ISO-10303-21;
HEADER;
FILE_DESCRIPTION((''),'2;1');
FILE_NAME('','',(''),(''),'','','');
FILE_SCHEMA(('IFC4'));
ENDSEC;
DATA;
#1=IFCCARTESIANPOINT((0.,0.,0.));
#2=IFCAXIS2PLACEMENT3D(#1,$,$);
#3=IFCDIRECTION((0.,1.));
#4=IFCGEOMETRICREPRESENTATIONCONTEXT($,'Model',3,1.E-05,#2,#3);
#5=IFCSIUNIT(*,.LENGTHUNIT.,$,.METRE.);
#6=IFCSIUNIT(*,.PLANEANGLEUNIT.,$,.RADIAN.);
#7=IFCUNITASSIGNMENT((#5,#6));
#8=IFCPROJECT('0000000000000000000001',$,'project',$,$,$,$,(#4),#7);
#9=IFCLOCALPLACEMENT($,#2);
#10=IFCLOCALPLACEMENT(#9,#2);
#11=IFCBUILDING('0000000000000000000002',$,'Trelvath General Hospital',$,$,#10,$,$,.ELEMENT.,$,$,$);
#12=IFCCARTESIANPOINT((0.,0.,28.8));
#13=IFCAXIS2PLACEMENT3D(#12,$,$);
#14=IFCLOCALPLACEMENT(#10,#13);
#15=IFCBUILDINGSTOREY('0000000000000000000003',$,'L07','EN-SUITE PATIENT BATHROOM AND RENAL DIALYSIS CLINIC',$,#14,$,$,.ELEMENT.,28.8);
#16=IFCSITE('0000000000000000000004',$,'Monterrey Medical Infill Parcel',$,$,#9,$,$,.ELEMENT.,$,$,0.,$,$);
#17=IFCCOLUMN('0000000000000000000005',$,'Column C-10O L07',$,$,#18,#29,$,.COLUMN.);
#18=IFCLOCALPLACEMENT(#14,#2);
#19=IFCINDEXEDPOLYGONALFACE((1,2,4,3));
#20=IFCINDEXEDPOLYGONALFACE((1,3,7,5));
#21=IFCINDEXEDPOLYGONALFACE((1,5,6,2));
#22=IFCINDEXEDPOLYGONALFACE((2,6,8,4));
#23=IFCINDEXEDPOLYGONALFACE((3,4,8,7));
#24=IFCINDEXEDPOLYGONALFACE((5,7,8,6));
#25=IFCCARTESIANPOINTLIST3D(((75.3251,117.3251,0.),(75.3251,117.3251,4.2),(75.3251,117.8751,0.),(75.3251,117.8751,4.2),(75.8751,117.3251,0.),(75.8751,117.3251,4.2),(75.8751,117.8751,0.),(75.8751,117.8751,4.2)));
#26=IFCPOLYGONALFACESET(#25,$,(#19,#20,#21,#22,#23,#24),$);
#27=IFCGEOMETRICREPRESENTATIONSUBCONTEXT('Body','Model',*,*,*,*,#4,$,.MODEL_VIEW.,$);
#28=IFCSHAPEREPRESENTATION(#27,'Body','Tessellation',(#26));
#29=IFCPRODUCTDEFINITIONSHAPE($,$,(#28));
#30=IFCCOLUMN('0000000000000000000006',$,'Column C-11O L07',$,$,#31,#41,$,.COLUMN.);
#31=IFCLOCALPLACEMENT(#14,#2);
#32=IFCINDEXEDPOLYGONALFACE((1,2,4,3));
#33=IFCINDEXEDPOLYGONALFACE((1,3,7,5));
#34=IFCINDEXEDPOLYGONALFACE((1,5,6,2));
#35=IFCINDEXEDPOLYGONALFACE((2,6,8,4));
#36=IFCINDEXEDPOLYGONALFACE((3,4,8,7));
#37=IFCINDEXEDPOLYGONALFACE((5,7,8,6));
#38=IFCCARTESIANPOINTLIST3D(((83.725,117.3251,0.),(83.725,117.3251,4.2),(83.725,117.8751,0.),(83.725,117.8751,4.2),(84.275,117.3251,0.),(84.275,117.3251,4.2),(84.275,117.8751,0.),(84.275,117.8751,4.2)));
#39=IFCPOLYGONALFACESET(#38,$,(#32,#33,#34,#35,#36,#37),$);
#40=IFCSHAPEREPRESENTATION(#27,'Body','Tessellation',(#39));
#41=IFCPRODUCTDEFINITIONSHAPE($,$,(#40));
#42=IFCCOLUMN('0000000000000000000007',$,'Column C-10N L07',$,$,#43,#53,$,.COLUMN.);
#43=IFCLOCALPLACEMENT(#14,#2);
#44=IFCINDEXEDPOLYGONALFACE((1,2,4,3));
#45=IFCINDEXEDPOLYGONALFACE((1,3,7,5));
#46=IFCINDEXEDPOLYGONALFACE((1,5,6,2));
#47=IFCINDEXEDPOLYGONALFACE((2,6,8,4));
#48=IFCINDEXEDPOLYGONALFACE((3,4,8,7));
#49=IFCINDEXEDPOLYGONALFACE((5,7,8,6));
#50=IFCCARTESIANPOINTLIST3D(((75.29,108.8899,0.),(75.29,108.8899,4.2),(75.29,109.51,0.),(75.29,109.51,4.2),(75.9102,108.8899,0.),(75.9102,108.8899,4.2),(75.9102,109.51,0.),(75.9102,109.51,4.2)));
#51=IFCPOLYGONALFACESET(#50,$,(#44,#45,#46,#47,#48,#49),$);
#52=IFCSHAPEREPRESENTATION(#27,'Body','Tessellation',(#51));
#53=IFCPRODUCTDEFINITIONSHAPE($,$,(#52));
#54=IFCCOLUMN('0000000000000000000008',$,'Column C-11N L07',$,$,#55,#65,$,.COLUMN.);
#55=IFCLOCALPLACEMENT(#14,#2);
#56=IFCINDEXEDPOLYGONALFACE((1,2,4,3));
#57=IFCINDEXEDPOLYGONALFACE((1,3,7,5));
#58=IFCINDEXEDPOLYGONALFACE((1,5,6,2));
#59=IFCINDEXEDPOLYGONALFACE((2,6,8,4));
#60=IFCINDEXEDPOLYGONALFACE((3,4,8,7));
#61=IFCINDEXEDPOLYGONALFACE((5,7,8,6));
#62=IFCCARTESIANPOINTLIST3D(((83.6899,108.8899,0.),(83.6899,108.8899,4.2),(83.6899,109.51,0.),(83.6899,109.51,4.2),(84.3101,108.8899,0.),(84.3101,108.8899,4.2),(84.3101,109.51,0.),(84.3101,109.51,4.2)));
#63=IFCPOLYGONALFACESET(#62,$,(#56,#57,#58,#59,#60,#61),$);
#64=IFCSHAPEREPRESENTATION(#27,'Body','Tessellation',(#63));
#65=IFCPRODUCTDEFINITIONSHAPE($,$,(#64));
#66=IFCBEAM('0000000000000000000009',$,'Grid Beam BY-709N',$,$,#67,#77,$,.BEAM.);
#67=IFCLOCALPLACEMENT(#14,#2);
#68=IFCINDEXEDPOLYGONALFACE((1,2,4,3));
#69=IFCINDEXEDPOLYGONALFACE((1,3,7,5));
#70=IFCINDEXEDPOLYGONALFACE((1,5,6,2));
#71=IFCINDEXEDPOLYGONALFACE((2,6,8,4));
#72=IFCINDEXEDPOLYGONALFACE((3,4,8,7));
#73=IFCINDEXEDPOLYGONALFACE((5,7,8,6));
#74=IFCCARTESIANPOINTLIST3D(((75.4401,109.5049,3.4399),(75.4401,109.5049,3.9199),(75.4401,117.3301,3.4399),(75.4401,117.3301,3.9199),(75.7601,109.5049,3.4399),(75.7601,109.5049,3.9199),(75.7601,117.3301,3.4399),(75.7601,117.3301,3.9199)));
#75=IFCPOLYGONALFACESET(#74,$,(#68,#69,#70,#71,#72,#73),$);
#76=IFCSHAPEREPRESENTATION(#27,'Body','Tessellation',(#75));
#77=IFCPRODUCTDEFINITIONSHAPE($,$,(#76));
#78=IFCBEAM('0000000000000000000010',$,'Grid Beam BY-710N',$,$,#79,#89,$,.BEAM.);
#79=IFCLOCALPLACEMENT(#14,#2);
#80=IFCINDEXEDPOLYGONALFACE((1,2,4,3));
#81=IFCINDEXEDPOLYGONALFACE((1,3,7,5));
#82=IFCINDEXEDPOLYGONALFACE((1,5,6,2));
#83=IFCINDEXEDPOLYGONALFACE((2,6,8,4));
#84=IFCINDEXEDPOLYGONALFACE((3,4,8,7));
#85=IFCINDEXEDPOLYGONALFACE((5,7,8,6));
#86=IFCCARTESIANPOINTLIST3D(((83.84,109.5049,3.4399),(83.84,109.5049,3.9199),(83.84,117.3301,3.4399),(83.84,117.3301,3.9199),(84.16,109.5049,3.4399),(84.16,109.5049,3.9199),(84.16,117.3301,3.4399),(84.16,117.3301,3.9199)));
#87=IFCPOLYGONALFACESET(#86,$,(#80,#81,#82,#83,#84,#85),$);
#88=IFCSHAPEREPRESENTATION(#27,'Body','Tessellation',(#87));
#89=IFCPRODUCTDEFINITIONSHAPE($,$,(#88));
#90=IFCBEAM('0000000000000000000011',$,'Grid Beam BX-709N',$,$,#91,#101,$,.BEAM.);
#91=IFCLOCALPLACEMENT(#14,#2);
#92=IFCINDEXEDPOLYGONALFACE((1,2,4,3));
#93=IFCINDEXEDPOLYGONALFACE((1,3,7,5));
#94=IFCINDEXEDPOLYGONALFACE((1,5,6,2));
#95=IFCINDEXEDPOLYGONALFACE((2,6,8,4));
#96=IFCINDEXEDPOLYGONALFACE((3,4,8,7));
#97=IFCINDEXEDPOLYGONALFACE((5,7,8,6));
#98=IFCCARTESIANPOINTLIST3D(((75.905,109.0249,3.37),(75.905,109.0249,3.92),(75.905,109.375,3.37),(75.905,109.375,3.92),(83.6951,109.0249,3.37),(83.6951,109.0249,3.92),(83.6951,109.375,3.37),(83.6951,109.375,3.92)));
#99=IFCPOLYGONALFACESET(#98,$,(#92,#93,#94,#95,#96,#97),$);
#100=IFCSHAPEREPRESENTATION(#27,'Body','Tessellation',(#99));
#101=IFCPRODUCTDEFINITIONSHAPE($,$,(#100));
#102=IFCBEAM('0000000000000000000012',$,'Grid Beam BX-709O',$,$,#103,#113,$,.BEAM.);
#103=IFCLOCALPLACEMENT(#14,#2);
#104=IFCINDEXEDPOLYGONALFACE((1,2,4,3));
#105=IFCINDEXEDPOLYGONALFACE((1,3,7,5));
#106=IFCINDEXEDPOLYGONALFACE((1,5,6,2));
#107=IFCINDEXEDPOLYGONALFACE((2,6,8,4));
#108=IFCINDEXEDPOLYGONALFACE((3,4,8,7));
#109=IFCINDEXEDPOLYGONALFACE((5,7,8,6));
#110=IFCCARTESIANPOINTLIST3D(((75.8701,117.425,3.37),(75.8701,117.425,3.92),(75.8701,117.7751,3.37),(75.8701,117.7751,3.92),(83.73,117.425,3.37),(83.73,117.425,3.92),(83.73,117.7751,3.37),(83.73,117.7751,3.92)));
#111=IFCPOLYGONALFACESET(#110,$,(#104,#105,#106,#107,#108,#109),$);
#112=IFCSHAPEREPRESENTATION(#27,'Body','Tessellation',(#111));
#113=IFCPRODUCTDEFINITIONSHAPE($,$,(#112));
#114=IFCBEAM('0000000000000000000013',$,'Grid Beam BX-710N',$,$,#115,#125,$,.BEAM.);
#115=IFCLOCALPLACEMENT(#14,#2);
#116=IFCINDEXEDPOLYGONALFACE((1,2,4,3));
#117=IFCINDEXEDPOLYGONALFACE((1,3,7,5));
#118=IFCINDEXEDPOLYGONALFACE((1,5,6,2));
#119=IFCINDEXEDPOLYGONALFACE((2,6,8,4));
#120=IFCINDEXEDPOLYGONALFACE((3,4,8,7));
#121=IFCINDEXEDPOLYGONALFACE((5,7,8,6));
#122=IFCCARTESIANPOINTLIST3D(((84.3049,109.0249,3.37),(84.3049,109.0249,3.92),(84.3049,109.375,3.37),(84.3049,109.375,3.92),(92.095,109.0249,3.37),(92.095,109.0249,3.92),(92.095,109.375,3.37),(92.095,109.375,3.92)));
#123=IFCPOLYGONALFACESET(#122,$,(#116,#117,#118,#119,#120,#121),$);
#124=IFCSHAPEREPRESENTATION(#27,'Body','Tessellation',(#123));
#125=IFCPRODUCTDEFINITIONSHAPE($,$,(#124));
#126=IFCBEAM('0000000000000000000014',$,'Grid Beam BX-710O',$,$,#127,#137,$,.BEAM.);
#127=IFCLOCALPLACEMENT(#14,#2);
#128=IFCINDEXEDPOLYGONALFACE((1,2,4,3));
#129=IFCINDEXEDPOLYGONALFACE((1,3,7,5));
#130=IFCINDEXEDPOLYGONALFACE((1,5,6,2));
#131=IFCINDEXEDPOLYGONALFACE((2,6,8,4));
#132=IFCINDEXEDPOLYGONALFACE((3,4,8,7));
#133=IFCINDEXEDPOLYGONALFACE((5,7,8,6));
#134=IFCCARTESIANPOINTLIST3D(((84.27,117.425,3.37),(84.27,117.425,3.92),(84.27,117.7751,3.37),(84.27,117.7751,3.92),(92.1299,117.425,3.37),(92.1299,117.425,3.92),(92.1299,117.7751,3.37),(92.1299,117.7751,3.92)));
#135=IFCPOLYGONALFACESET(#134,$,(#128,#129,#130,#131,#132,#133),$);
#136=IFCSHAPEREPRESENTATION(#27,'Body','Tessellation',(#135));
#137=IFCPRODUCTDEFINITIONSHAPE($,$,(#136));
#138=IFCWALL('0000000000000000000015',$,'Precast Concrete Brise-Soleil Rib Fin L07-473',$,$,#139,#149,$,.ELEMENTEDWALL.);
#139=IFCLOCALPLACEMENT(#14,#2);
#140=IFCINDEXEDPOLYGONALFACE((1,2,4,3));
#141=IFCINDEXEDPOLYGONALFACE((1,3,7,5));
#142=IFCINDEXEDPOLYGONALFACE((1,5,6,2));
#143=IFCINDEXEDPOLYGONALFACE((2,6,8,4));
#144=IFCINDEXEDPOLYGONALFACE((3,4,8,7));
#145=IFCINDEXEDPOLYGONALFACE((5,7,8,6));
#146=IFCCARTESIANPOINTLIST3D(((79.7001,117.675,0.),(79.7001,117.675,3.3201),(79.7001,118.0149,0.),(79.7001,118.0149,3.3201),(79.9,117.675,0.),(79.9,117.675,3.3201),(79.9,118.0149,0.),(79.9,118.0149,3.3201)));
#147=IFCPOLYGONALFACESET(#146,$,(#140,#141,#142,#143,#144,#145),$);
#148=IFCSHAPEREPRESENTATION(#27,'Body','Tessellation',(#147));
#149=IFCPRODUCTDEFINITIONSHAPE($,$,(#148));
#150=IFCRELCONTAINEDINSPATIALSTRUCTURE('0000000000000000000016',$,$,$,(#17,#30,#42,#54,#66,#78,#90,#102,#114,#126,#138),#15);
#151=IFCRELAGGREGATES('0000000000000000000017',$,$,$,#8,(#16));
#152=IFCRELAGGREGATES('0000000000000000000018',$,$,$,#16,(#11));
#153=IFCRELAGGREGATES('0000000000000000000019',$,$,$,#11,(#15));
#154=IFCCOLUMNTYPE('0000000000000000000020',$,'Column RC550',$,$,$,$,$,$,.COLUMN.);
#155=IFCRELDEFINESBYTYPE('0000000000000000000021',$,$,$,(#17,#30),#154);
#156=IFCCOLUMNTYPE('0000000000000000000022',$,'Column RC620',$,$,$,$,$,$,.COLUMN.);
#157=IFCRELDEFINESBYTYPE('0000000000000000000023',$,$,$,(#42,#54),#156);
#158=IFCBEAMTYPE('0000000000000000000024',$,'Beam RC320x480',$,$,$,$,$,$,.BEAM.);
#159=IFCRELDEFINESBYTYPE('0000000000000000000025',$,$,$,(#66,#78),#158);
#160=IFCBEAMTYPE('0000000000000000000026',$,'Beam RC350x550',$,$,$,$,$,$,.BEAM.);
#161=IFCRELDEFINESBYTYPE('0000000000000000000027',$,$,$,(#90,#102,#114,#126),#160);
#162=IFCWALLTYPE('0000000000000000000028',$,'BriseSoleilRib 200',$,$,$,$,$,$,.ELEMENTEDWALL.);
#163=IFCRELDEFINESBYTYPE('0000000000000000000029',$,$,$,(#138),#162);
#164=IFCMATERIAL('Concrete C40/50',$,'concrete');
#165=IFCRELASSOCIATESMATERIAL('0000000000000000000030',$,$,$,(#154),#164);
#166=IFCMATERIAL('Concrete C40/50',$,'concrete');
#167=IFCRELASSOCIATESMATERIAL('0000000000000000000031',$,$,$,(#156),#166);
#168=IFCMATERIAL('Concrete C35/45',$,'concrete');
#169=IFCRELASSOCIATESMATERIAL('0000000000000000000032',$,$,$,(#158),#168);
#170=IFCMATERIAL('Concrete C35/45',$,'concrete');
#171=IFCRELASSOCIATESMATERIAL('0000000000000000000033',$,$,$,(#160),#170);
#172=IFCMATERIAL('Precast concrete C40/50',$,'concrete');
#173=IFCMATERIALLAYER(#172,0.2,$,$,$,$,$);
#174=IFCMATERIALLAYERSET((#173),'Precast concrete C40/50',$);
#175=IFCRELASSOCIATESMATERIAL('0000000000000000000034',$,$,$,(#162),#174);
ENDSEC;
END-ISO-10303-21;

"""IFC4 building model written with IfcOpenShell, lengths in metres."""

from ifc_helpers import new_model, si_unit, direction, frame, frame_2d, origin, origin_2d, place, context, subcontext, project, spatial, rectangle, extrude, material, layer, layer_set, material_profile, profile_set, type_object, element, save


model = new_model("IFC4")

# Units and contexts
model_context = context("Model", 3, precision=1e-05, world=origin(), true_north=direction((0.0, 1.0)))
body_context = subcontext(model_context, "Body", "Model", "MODEL_VIEW")
ifc_project = project(units=[si_unit("LENGTHUNIT", "METRE"), si_unit("PLANEANGLEUNIT", "RADIAN")], contexts=[model_context])

# Site, building, storey
site_placement = place(None, origin())
site = spatial("IfcSite", under=ifc_project, at=site_placement, Name="Monterrey Medical Infill Parcel", CompositionType="ELEMENT", RefElevation=0.0)
building_placement = place(site_placement, origin())
building = spatial("IfcBuilding", under=site, at=building_placement, Name="Trelvath General Hospital", CompositionType="ELEMENT")
storey_placement = place(building_placement, frame((0.0, 0.0, 28.8)))
storey = spatial("IfcBuildingStorey", under=building, at=storey_placement, Name="L07", Description="EN-SUITE PATIENT BATHROOM AND RENAL DIALYSIS CLINIC", CompositionType="ELEMENT", Elevation=28.8)

# Columns
ifc_material_1 = material(Name="Concrete C40/50", Category="concrete")
ifc_material_profile_1 = material_profile(ifc_material_1, rectangle(XDim=0.55, YDim=0.55, at=origin_2d()), Name="RC550x550")
ifc_profile_set_1 = profile_set([ifc_material_profile_1], Name="Concrete C40/50")
column_type_1 = type_object("IfcColumnType", Name="Column RC550", PredefinedType="COLUMN", material=ifc_profile_set_1)
for number, where, z_axis, x_axis, name in (
    (1, (75.6001, 117.6001, 0.0), (0.0, 0.0, 1.0), (1.0, 0.0, 0.0), "Column C-10O L07"),
    (2, (84.0, 117.6001, 0.0), (0.0, 0.0, 1.0), (1.0, 0.0, 0.0), "Column C-11O L07"),
):
    element("IfcColumn", number, at=place(storey_placement, frame(where, z_axis=z_axis, x_axis=x_axis)), inside=storey, type_object=column_type_1, Name=name, PredefinedType="COLUMN", context=body_context, shape_type="SweptSolid", body=[
        extrude(rectangle(XDim=0.55, YDim=0.55, at=origin_2d()), origin(), (0.0, 0.0, 1.0), 4.2),
    ])
ifc_material_2 = material(Name="Concrete C40/50", Category="concrete")
ifc_material_profile_2 = material_profile(ifc_material_2, rectangle(XDim=0.6201, YDim=0.6201, at=origin_2d()), Name="RC620x620")
ifc_profile_set_2 = profile_set([ifc_material_profile_2], Name="Concrete C40/50")
column_type_2 = type_object("IfcColumnType", Name="Column RC620", PredefinedType="COLUMN", material=ifc_profile_set_2)
for number, where, z_axis, x_axis, name in (
    (3, (75.6001, 109.2, 0.0), (0.0, 0.0, 1.0), (1.0, 0.0, 0.0), "Column C-10N L07"),
    (4, (84.0, 109.2, 0.0), (0.0, 0.0, 1.0), (1.0, 0.0, 0.0), "Column C-11N L07"),
):
    element("IfcColumn", number, at=place(storey_placement, frame(where, z_axis=z_axis, x_axis=x_axis)), inside=storey, type_object=column_type_2, Name=name, PredefinedType="COLUMN", context=body_context, shape_type="SweptSolid", body=[
        extrude(rectangle(XDim=0.6201, YDim=0.6201, at=origin_2d()), origin(), (0.0, 0.0, 1.0), 4.2),
    ])

# Beams
ifc_material_3 = material(Name="Concrete C35/45", Category="concrete")
ifc_material_profile_3 = material_profile(ifc_material_3, rectangle(XDim=0.3201, YDim=0.48, at=origin_2d()), Name="RCB320x480")
ifc_profile_set_3 = profile_set([ifc_material_profile_3], Name="Concrete C35/45")
beam_type_1 = type_object("IfcBeamType", Name="Beam RC320x480", PredefinedType="BEAM", material=ifc_profile_set_3)
for number, where, z_axis, x_axis, name in (
    (5, (75.6001, 109.5049, 3.6799), (0.0, 1.0, 0.0), (-1.0, 0.0, 0.0), "Grid Beam BY-709N"),
    (6, (84.0, 109.5049, 3.6799), (0.0, 1.0, 0.0), (-1.0, 0.0, 0.0), "Grid Beam BY-710N"),
):
    element("IfcBeam", number, at=place(storey_placement, frame(where, z_axis=z_axis, x_axis=x_axis)), inside=storey, type_object=beam_type_1, Name=name, PredefinedType="BEAM", context=body_context, shape_type="SweptSolid", body=[
        extrude(rectangle(XDim=0.3201, YDim=0.48, at=origin_2d()), origin(), (0.0, 0.0, 1.0), 7.8252),
    ])
ifc_material_4 = material(Name="Concrete C35/45", Category="concrete")
ifc_material_profile_4 = material_profile(ifc_material_4, rectangle(XDim=0.3501, YDim=0.55, at=origin_2d()), Name="RCB350x550")
ifc_profile_set_4 = profile_set([ifc_material_profile_4], Name="Concrete C35/45")
beam_type_2 = type_object("IfcBeamType", Name="Beam RC350x550", PredefinedType="BEAM", material=ifc_profile_set_4)
beam_1_placement = place(storey_placement, frame((75.905, 109.2, 3.645), z_axis=(1.0, 0.0, 0.0), x_axis=(0.0, 1.0, 0.0)))
element("IfcBeam", 7, at=beam_1_placement, inside=storey, type_object=beam_type_2, Name="Grid Beam BX-709N", PredefinedType="BEAM", context=body_context, shape_type="SweptSolid", body=[
    extrude(rectangle(XDim=0.3501, YDim=0.55, at=origin_2d()), origin(), (0.0, 0.0, 1.0), 7.79),
])
beam_2_placement = place(storey_placement, frame((75.8701, 117.6001, 3.645), z_axis=(1.0, 0.0, 0.0), x_axis=(0.0, 1.0, 0.0)))
element("IfcBeam", 8, at=beam_2_placement, inside=storey, type_object=beam_type_2, Name="Grid Beam BX-709O", PredefinedType="BEAM", context=body_context, shape_type="SweptSolid", body=[
    extrude(rectangle(XDim=0.3501, YDim=0.55, at=origin_2d()), origin(), (0.0, 0.0, 1.0), 7.8599),
])
beam_3_placement = place(storey_placement, frame((84.3049, 109.2, 3.645), z_axis=(1.0, 0.0, 0.0), x_axis=(0.0, 1.0, 0.0)))
element("IfcBeam", 9, at=beam_3_placement, inside=storey, type_object=beam_type_2, Name="Grid Beam BX-710N", PredefinedType="BEAM", context=body_context, shape_type="SweptSolid", body=[
    extrude(rectangle(XDim=0.3501, YDim=0.55, at=origin_2d()), origin(), (0.0, 0.0, 1.0), 7.79),
])
beam_4_placement = place(storey_placement, frame((84.27, 117.6001, 3.645), z_axis=(1.0, 0.0, 0.0), x_axis=(0.0, 1.0, 0.0)))
element("IfcBeam", 10, at=beam_4_placement, inside=storey, type_object=beam_type_2, Name="Grid Beam BX-710O", PredefinedType="BEAM", context=body_context, shape_type="SweptSolid", body=[
    extrude(rectangle(XDim=0.3501, YDim=0.55, at=origin_2d()), origin(), (0.0, 0.0, 1.0), 7.8599),
])

# Wall
ifc_material_5 = material(Name="Precast concrete C40/50", Category="concrete")
ifc_layer_1 = layer(ifc_material_5, 0.2)
ifc_layer_set_1 = layer_set([ifc_layer_1], Name="Precast concrete C40/50")
wall_type_1 = type_object("IfcWallType", Name="BriseSoleilRib 200", PredefinedType="ELEMENTEDWALL", material=ifc_layer_set_1)
wall_1_placement = place(storey_placement, frame((79.8, 117.675, 0.0), z_axis=(0.0, 0.0, 1.0), x_axis=(0.0, 1.0, 0.0)))
element("IfcWall", 11, at=wall_1_placement, inside=storey, type_object=wall_type_1, Name="Precast Concrete Brise-Soleil Rib Fin L07-473", PredefinedType="ELEMENTEDWALL", context=body_context, shape_type="SweptSolid", body=[
    extrude(rectangle(XDim=0.3398, YDim=0.2, at=frame_2d((0.1699, 0.0))), origin(), (0.0, 0.0, 1.0), 3.3201),
])

save(model, "model.ifc")
